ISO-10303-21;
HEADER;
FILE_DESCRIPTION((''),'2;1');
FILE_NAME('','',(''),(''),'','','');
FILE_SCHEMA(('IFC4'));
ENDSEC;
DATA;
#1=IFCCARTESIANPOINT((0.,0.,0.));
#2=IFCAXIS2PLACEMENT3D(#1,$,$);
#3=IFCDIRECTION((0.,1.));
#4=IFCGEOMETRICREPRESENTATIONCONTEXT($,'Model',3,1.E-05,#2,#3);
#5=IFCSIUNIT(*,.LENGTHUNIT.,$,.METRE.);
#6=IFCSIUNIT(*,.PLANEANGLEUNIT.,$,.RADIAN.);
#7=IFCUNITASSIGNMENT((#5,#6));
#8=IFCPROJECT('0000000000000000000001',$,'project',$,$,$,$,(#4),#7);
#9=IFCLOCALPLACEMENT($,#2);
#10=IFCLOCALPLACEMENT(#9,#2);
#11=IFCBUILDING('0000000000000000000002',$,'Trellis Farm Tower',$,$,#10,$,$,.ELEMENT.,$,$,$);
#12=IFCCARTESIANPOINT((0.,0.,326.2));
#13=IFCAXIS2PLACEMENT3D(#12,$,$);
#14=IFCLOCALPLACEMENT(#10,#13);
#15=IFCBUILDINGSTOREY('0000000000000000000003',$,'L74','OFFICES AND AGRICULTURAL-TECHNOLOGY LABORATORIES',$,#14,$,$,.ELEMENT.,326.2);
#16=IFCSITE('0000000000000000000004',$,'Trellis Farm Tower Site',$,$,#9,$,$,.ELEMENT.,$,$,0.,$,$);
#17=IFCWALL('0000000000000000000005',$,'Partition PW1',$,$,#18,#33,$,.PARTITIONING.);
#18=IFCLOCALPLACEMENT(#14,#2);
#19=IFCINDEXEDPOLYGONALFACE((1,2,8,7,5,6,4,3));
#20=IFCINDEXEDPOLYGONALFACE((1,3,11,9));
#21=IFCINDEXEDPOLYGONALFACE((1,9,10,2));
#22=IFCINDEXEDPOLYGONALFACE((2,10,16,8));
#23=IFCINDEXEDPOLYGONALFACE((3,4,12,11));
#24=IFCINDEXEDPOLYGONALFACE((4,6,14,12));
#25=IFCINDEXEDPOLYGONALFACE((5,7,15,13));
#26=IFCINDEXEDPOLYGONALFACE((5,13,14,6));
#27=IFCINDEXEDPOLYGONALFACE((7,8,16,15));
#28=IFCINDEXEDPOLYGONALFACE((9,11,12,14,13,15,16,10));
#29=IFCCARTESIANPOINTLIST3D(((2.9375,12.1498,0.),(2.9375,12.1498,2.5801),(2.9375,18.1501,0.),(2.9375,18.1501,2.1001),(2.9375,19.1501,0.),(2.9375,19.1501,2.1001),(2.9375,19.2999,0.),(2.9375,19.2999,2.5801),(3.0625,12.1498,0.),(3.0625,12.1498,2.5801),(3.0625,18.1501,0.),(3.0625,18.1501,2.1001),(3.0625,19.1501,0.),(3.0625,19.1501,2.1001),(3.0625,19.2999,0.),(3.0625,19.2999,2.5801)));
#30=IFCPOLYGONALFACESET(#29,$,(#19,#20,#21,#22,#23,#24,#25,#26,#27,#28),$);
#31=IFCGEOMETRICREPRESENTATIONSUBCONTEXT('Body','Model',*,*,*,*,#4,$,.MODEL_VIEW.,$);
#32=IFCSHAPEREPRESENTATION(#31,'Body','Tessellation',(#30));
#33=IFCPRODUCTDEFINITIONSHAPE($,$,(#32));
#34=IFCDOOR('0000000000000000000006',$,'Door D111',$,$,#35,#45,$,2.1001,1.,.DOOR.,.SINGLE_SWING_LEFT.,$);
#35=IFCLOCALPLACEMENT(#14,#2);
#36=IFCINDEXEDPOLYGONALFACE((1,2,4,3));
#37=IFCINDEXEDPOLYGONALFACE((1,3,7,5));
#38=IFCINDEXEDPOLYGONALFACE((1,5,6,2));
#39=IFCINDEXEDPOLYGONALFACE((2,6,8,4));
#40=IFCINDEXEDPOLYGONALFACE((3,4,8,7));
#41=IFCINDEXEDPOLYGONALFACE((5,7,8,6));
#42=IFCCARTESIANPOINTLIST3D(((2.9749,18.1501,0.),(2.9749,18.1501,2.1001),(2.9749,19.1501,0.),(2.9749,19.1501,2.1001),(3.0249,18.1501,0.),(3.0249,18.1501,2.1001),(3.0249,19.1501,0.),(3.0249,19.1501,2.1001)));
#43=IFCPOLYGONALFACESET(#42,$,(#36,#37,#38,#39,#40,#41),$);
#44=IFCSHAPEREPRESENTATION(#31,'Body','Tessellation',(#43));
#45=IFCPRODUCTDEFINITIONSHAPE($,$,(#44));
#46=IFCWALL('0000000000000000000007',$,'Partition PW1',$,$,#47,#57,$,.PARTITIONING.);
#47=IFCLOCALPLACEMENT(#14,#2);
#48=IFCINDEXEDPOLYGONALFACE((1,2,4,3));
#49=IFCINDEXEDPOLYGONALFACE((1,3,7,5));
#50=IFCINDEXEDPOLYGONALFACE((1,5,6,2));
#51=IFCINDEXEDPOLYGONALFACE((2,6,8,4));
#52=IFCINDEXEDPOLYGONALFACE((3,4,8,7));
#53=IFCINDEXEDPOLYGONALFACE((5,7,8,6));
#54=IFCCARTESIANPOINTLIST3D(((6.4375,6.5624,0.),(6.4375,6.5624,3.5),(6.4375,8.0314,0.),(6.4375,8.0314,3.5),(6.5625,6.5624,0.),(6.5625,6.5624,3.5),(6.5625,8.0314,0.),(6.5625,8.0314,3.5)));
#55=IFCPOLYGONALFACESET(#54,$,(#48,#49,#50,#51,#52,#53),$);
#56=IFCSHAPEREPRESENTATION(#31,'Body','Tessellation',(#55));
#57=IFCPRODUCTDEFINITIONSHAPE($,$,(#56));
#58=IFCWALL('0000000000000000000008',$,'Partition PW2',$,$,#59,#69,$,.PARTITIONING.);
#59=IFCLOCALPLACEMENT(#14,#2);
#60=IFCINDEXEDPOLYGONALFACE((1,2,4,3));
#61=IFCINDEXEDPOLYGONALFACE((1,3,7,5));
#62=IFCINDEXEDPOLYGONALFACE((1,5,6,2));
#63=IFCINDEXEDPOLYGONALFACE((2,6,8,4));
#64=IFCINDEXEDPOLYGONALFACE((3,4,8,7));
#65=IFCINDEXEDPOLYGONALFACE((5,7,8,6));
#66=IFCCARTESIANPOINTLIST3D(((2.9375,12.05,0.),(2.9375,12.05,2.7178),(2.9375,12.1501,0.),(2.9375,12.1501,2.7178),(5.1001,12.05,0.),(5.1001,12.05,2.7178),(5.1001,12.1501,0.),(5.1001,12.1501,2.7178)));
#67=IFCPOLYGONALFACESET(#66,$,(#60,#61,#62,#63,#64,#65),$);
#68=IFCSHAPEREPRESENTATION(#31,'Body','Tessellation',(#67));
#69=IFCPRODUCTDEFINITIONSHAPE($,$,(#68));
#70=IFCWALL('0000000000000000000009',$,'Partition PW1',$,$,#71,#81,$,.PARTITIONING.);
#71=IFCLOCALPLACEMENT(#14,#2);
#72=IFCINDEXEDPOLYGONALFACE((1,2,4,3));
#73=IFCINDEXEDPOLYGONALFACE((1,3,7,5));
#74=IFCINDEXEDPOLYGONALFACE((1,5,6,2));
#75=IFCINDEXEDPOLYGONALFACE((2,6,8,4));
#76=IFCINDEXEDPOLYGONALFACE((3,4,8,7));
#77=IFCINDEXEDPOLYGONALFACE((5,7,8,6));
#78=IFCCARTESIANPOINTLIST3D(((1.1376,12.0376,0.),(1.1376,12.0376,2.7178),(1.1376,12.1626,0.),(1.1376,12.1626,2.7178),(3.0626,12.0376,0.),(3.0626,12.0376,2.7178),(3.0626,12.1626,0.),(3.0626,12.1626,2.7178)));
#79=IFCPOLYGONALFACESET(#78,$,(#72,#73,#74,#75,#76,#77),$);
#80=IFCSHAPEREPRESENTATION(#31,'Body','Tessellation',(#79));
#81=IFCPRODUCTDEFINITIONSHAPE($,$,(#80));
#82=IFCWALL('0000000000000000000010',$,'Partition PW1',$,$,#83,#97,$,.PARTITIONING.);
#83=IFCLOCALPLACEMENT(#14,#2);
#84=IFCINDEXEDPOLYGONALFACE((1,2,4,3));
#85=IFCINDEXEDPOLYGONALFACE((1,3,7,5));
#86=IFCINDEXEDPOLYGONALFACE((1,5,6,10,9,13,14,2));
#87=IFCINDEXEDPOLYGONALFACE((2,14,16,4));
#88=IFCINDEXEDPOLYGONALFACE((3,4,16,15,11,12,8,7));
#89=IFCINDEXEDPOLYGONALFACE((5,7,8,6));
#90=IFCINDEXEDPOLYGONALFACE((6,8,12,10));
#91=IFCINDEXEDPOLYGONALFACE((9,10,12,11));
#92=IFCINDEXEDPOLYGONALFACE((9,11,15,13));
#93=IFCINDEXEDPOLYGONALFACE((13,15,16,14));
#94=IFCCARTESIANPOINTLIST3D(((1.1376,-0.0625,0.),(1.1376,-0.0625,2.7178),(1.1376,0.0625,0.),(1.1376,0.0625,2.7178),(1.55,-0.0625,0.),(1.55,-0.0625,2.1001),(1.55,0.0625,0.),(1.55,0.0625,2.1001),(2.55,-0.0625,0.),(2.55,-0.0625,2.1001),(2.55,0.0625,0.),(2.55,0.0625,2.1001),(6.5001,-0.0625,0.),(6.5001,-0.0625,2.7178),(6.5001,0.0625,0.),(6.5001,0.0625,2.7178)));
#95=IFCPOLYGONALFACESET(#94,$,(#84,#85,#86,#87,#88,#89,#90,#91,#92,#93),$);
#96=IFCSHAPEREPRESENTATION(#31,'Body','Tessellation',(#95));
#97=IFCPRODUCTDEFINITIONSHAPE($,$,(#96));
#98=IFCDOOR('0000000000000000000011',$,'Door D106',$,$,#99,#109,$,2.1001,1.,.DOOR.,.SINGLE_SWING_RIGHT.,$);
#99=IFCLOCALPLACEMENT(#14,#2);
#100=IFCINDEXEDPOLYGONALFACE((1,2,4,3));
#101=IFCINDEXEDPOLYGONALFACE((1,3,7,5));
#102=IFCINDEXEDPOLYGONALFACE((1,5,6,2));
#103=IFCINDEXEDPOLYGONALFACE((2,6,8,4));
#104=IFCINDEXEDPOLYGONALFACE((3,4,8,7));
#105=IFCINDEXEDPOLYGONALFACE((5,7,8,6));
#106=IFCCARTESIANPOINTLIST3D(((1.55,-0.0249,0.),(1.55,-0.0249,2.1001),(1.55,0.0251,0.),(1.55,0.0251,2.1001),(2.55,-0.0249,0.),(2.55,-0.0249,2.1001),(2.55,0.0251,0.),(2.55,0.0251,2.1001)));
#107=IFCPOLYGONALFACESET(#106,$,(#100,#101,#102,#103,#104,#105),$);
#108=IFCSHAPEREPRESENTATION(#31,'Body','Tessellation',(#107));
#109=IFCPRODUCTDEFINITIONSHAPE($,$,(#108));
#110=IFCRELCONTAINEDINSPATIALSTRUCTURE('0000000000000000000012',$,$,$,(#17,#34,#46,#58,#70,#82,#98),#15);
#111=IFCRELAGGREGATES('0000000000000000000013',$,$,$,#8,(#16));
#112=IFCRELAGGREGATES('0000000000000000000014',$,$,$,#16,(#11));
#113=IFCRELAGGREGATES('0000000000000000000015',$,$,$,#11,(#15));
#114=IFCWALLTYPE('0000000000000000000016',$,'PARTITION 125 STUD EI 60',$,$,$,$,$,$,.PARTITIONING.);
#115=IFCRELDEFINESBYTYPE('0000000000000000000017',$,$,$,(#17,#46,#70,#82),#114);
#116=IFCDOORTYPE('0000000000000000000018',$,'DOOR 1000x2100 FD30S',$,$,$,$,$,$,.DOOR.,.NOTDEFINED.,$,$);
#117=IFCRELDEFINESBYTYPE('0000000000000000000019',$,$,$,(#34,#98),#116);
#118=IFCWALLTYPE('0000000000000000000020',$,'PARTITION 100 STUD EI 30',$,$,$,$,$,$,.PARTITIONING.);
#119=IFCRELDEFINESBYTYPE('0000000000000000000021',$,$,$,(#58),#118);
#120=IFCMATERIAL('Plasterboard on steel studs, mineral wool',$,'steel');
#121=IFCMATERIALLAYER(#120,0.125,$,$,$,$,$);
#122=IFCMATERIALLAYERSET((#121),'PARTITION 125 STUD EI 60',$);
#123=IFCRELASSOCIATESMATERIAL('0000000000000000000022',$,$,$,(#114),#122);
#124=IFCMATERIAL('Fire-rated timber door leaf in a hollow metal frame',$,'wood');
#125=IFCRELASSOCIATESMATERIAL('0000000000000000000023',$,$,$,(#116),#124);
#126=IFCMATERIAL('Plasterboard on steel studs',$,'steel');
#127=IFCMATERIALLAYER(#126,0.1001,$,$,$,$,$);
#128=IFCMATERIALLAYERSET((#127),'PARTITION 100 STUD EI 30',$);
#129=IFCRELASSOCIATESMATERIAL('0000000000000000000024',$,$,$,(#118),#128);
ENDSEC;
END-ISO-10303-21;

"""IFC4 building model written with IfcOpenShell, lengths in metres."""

from ifc_helpers import new_model, si_unit, direction, frame, frame_2d, origin, place, context, subcontext, project, spatial, rectangle, extrude, source, transform, mapped, material, layer, layer_set, type_object, element, fill, save


model = new_model("IFC4")

# Units and contexts
model_context = context("Model", 3, precision=1e-05, world=origin(), true_north=direction((0.0, 1.0)))
body_context = subcontext(model_context, "Body", "Model", "MODEL_VIEW")
ifc_project = project(units=[si_unit("LENGTHUNIT", "METRE"), si_unit("PLANEANGLEUNIT", "RADIAN")], contexts=[model_context])

# Site, building, storey
site_placement = place(None, origin())
site = spatial("IfcSite", under=ifc_project, at=site_placement, Name="Trellis Farm Tower Site", CompositionType="ELEMENT", RefElevation=0.0)
building_placement = place(site_placement, origin())
building = spatial("IfcBuilding", under=site, at=building_placement, Name="Trellis Farm Tower", CompositionType="ELEMENT")
storey_placement = place(building_placement, frame((0.0, 0.0, 326.2)))
storey = spatial("IfcBuildingStorey", under=building, at=storey_placement, Name="L74", Description="OFFICES AND AGRICULTURAL-TECHNOLOGY LABORATORIES", CompositionType="ELEMENT", Elevation=326.2)

# Wall, opening, door
ifc_material_1 = material(Name="Plasterboard on steel studs, mineral wool", Category="steel")
ifc_layer_1 = layer(ifc_material_1, 0.125)
ifc_layer_set_1 = layer_set([ifc_layer_1], Name="PARTITION 125 STUD EI 60")
wall_type_1 = type_object("IfcWallType", Name="PARTITION 125 STUD EI 60", PredefinedType="PARTITIONING", material=ifc_layer_set_1)
shared_shape_1 = source(origin(), body_context, "Body", "SweptSolid", [
    extrude(rectangle(XDim=7.1501, YDim=0.125, at=frame_2d((3.5752, 0.0))), origin(), (0.0, 0.0, 1.0), 2.5801),
])
wall_1_placement = place(storey_placement, frame((3.0, 19.3, 0.0), z_axis=(0.0, 0.0, 1.0), x_axis=(0.0, -1.0, 0.0)))
wall_1 = element("IfcWall", 1, at=wall_1_placement, inside=storey, type_object=wall_type_1, Name="Partition PW1", PredefinedType="PARTITIONING", context=body_context, shape_type="MappedRepresentation", body=[
    mapped(shared_shape_1, transform((0.0, 0.0, 0.0))),
])
shared_shape_2 = source(origin(), body_context, "Body", "SweptSolid", [
    extrude(rectangle(XDim=1.0, YDim=2.1001, at=frame_2d((0.5, 1.05))), frame((0.0, 0.0725, 0.0), z_axis=(0.0, -1.0, 0.0), x_axis=(1.0, 0.0, 0.0)), (0.0, 0.0, 1.0), 0.145),
])
opening_1_placement = place(wall_1_placement, frame((0.1499, 0.0, 0.0)))
opening_1 = element("IfcOpeningElement", 2, at=opening_1_placement, cuts=wall_1, PredefinedType="OPENING", context=body_context, shape_type="MappedRepresentation", body=[
    mapped(shared_shape_2, transform((0.0, 0.0, 0.0))),
])
ifc_material_2 = material(Name="Fire-rated timber door leaf in a hollow metal frame", Category="wood")
door_type_1 = type_object("IfcDoorType", Name="DOOR 1000x2100 FD30S", OperationType="NOTDEFINED", PredefinedType="DOOR", material=ifc_material_2)
shared_shape_3 = source(origin(), body_context, "Body", "SweptSolid", [
    extrude(rectangle(XDim=1.0, YDim=2.1001, at=frame_2d((0.5, 1.05))), frame((0.0, 0.0249, 0.0), z_axis=(0.0, -1.0, 0.0), x_axis=(1.0, 0.0, 0.0)), (0.0, 0.0, 1.0), 0.05),
])
door_1_placement = place(opening_1_placement, origin())
door_1 = element("IfcDoor", 3, at=door_1_placement, inside=storey, type_object=door_type_1, Name="Door D111", OperationType="SINGLE_SWING_LEFT", OverallHeight=2.1001, OverallWidth=1.0, PredefinedType="DOOR", context=body_context, shape_type="MappedRepresentation", body=[
    mapped(shared_shape_3, transform((0.0, 0.0, 0.0))),
])
fill(opening_1, door_1)

# Walls
shared_shape_4 = source(origin(), body_context, "Body", "SweptSolid", [
    extrude(rectangle(XDim=1.469, YDim=0.125, at=frame_2d((0.7344, 0.0))), origin(), (0.0, 0.0, 1.0), 3.5),
])
wall_2_placement = place(storey_placement, frame((6.5, 6.5625, 0.0), z_axis=(0.0, 0.0, 1.0), x_axis=(0.0, 1.0, 0.0)))
element("IfcWall", 4, at=wall_2_placement, inside=storey, type_object=wall_type_1, Name="Partition PW1", PredefinedType="PARTITIONING", context=body_context, shape_type="MappedRepresentation", body=[
    mapped(shared_shape_4, transform((0.0, 0.0, 0.0))),
])
ifc_material_3 = material(Name="Plasterboard on steel studs", Category="steel")
ifc_layer_2 = layer(ifc_material_3, 0.1001)
ifc_layer_set_2 = layer_set([ifc_layer_2], Name="PARTITION 100 STUD EI 30")
wall_type_2 = type_object("IfcWallType", Name="PARTITION 100 STUD EI 30", PredefinedType="PARTITIONING", material=ifc_layer_set_2)
shared_shape_5 = source(origin(), body_context, "Body", "SweptSolid", [
    extrude(rectangle(XDim=2.1626, YDim=0.1001, at=frame_2d((1.0813, 0.0))), origin(), (0.0, 0.0, 1.0), 2.7178),
])
wall_3_placement = place(storey_placement, frame((2.9375, 12.1001, 0.0), z_axis=(0.0, 0.0, 1.0), x_axis=(1.0, 0.0, 0.0)))
element("IfcWall", 5, at=wall_3_placement, inside=storey, type_object=wall_type_2, Name="Partition PW2", PredefinedType="PARTITIONING", context=body_context, shape_type="MappedRepresentation", body=[
    mapped(shared_shape_5, transform((0.0, 0.0, 0.0))),
])
shared_shape_6 = source(origin(), body_context, "Body", "SweptSolid", [
    extrude(rectangle(XDim=1.925, YDim=0.125, at=frame_2d((0.9624, 0.0))), origin(), (0.0, 0.0, 1.0), 2.7178),
])
wall_4_placement = place(storey_placement, frame((3.0625, 12.1001, 0.0), z_axis=(0.0, 0.0, 1.0), x_axis=(-1.0, 0.0, 0.0)))
element("IfcWall", 6, at=wall_4_placement, inside=storey, type_object=wall_type_1, Name="Partition PW1", PredefinedType="PARTITIONING", context=body_context, shape_type="MappedRepresentation", body=[
    mapped(shared_shape_6, transform((0.0, 0.0, 0.0))),
])

# Wall, opening, door
shared_shape_7 = source(origin(), body_context, "Body", "SweptSolid", [
    extrude(rectangle(XDim=5.3625, YDim=0.125, at=frame_2d((2.6812, 0.0))), origin(), (0.0, 0.0, 1.0), 2.7178),
])
wall_5_placement = place(storey_placement, frame((6.5, 0.0, 0.0), z_axis=(0.0, 0.0, 1.0), x_axis=(-1.0, 0.0, 0.0)))
wall_5 = element("IfcWall", 7, at=wall_5_placement, inside=storey, type_object=wall_type_1, Name="Partition PW1", PredefinedType="PARTITIONING", context=body_context, shape_type="MappedRepresentation", body=[
    mapped(shared_shape_7, transform((0.0, 0.0, 0.0))),
])
opening_2_placement = place(wall_5_placement, frame((3.95, 0.0, 0.0)))
opening_2 = element("IfcOpeningElement", 8, at=opening_2_placement, cuts=wall_5, PredefinedType="OPENING", context=body_context, shape_type="MappedRepresentation", body=[
    mapped(shared_shape_2, transform((0.0, 0.0, 0.0))),
])
door_2_placement = place(opening_2_placement, origin())
door_2 = element("IfcDoor", 9, at=door_2_placement, inside=storey, type_object=door_type_1, Name="Door D106", OperationType="SINGLE_SWING_RIGHT", OverallHeight=2.1001, OverallWidth=1.0, PredefinedType="DOOR", context=body_context, shape_type="MappedRepresentation", body=[
    mapped(shared_shape_3, transform((0.0, 0.0, 0.0))),
])
fill(opening_2, door_2)

save(model, "model.ifc")
